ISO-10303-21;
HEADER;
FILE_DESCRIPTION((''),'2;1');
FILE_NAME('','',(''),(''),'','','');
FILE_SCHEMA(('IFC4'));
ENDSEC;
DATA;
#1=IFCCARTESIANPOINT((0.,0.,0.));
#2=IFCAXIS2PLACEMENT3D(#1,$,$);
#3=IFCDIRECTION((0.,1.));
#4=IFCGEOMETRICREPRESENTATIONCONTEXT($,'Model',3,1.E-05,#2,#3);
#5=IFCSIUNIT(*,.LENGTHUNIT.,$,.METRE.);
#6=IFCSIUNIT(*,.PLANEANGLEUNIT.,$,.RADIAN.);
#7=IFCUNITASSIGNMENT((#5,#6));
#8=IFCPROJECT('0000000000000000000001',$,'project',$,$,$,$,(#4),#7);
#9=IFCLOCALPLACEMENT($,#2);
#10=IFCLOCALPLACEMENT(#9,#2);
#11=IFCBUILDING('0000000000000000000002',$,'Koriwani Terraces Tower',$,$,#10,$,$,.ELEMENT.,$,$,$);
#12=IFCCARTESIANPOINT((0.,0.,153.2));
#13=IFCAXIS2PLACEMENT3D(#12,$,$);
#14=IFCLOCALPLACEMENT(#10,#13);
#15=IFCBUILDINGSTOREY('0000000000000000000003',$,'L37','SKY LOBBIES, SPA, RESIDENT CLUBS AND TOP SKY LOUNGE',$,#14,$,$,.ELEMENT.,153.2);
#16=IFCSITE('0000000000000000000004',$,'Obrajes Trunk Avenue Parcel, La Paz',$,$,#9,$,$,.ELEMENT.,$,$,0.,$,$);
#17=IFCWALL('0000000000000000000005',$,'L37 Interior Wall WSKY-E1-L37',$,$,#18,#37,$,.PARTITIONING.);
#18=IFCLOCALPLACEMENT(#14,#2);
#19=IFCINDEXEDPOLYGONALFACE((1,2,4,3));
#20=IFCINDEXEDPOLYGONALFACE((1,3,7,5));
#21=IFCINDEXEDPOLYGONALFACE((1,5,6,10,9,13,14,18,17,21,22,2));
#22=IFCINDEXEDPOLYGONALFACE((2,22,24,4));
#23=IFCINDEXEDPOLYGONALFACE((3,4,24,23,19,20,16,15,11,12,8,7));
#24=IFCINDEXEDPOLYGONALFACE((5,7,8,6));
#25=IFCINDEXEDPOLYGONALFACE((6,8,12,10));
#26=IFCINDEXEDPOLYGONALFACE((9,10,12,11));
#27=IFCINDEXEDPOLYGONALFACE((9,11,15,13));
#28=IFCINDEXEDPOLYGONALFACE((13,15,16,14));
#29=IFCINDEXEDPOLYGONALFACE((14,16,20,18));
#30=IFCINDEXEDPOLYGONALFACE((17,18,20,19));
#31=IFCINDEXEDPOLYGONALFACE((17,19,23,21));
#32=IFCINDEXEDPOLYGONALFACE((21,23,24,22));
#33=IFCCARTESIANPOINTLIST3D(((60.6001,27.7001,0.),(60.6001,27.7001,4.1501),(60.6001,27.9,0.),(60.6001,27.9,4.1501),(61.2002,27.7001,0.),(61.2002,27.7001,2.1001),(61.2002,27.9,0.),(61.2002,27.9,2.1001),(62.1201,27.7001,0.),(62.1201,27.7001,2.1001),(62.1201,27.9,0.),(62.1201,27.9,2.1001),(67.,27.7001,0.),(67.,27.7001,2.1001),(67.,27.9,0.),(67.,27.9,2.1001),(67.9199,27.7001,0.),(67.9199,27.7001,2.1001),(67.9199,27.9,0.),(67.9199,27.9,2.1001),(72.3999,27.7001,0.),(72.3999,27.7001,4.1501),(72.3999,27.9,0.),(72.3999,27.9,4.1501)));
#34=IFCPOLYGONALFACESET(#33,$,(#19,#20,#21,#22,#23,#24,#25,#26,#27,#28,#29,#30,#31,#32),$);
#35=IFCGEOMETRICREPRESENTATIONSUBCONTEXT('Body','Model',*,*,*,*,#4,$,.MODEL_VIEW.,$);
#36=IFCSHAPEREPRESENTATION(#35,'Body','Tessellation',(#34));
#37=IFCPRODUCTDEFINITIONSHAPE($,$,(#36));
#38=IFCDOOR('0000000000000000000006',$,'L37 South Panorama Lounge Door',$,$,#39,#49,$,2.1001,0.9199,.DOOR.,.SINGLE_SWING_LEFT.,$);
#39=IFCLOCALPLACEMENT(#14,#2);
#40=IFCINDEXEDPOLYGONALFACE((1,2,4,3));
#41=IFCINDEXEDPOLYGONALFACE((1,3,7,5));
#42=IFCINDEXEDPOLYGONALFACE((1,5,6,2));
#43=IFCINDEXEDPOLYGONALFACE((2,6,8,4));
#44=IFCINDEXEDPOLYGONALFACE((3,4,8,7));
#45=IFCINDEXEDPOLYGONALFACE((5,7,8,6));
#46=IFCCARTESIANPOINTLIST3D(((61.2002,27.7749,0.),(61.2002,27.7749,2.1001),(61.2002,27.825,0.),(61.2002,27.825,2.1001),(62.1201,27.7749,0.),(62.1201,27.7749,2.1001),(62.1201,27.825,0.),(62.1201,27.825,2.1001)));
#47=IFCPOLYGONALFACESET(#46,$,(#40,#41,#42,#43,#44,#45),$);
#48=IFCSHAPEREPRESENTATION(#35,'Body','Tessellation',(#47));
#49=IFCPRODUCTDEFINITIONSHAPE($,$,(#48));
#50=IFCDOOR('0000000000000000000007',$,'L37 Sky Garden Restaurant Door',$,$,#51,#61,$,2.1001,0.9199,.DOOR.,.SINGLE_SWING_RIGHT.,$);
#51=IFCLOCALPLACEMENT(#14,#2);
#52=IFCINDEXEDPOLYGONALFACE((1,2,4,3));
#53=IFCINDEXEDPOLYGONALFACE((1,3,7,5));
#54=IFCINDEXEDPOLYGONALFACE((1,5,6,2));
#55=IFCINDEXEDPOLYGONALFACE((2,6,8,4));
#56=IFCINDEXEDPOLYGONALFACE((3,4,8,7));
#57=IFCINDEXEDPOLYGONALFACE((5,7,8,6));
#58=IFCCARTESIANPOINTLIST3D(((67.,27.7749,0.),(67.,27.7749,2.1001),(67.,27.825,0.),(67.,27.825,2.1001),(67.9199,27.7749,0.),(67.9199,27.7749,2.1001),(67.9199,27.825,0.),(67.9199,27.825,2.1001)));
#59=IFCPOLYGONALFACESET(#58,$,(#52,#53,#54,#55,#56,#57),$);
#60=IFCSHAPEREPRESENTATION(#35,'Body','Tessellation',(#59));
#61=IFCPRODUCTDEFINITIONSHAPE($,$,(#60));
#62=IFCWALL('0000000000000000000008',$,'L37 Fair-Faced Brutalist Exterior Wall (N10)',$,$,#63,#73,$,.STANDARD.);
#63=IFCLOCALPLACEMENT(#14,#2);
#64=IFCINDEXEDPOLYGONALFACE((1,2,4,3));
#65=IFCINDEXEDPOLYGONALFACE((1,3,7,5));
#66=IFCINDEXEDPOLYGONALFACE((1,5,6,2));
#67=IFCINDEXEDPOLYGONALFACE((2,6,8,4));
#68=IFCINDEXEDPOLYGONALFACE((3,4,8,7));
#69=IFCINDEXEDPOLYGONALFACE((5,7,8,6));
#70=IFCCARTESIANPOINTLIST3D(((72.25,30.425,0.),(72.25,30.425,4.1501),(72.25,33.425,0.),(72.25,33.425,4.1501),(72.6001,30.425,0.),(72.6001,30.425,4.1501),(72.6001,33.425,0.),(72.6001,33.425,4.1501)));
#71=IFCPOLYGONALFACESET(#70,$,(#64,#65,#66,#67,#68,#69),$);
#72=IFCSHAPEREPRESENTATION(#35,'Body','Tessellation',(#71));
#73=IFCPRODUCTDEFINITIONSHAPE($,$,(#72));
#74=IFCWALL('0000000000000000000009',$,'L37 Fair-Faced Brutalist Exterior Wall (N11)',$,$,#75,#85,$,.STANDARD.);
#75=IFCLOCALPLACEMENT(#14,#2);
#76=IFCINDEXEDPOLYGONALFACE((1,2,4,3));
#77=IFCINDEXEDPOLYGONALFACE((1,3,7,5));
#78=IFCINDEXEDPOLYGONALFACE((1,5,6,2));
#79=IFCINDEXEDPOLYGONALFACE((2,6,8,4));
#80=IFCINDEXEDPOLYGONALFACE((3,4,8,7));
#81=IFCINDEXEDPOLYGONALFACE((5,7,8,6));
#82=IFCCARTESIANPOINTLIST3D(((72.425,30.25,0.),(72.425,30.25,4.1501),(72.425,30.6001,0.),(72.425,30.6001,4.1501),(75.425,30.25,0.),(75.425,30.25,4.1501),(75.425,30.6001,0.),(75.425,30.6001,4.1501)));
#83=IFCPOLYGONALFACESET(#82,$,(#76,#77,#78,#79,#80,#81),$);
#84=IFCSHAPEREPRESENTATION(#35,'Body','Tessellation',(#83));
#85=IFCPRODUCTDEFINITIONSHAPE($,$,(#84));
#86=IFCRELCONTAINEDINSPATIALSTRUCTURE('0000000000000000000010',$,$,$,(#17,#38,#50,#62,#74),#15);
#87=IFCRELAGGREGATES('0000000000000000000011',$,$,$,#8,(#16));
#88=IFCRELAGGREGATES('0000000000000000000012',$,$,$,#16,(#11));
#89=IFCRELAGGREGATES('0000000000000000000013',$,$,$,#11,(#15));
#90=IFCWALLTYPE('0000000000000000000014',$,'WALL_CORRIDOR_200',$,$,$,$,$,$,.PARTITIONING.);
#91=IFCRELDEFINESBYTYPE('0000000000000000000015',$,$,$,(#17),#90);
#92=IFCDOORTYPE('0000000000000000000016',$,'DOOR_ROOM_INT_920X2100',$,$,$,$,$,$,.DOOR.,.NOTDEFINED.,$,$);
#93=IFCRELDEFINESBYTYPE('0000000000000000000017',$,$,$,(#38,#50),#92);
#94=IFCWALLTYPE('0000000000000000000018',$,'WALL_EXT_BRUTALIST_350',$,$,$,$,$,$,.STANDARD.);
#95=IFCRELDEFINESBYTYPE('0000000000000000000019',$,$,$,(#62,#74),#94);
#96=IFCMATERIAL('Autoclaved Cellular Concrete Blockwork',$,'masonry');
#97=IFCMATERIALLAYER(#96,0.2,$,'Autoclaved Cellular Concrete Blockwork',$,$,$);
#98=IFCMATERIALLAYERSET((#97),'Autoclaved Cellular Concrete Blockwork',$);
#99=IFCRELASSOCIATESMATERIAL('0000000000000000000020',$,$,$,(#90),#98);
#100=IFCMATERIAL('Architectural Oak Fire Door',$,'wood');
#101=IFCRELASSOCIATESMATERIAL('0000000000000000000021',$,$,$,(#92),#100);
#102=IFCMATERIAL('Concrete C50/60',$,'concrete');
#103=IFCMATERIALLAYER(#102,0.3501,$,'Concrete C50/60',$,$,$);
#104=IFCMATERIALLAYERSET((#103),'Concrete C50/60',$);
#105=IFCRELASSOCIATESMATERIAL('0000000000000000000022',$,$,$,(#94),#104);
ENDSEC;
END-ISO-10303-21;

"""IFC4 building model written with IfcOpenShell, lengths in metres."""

from ifc_helpers import new_model, si_unit, direction, frame, frame_2d, origin, place, context, subcontext, project, spatial, rectangle, extrude, material, layer, layer_set, type_object, element, fill, save


model = new_model("IFC4")

# Units and contexts
model_context = context("Model", 3, precision=1e-05, world=origin(), true_north=direction((0.0, 1.0)))
body_context = subcontext(model_context, "Body", "Model", "MODEL_VIEW")
ifc_project = project(units=[si_unit("LENGTHUNIT", "METRE"), si_unit("PLANEANGLEUNIT", "RADIAN")], contexts=[model_context])

# Site, building, storey
site_placement = place(None, origin())
site = spatial("IfcSite", under=ifc_project, at=site_placement, Name="Obrajes Trunk Avenue Parcel, La Paz", CompositionType="ELEMENT", RefElevation=0.0)
building_placement = place(site_placement, origin())
building = spatial("IfcBuilding", under=site, at=building_placement, Name="Koriwani Terraces Tower", CompositionType="ELEMENT")
storey_placement = place(building_placement, frame((0.0, 0.0, 153.2)))
storey = spatial("IfcBuildingStorey", under=building, at=storey_placement, Name="L37", Description="SKY LOBBIES, SPA, RESIDENT CLUBS AND TOP SKY LOUNGE", CompositionType="ELEMENT", Elevation=153.2)

# Shared definitions
ifc_material_1 = material(Name="Concrete C50/60", Category="concrete")

# Wall, openings, doors
ifc_material_2 = material(Name="Autoclaved Cellular Concrete Blockwork", Category="masonry")
ifc_layer_1 = layer(ifc_material_2, 0.2, Name="Autoclaved Cellular Concrete Blockwork")
ifc_layer_set_1 = layer_set([ifc_layer_1], Name="Autoclaved Cellular Concrete Blockwork")
wall_type_1 = type_object("IfcWallType", Name="WALL_CORRIDOR_200", PredefinedType="PARTITIONING", material=ifc_layer_set_1)
wall_1_placement = place(storey_placement, frame((60.6001, 27.8, 0.0), z_axis=(0.0, 0.0, 1.0), x_axis=(1.0, 0.0, 0.0)))
wall_1 = element("IfcWall", 1, at=wall_1_placement, inside=storey, type_object=wall_type_1, Name="L37 Interior Wall WSKY-E1-L37", PredefinedType="PARTITIONING", context=body_context, shape_type="SweptSolid", body=[
    extrude(rectangle(XDim=11.7998, YDim=0.2, at=frame_2d((5.8999, 0.0))), origin(), (0.0, 0.0, 1.0), 4.1501),
])
opening_1_placement = place(wall_1_placement, frame((0.6001, 0.0, 0.0)))
opening_1 = element("IfcOpeningElement", 2, at=opening_1_placement, cuts=wall_1, PredefinedType="OPENING", context=body_context, shape_type="SweptSolid", body=[
    extrude(rectangle(XDim=0.9199, YDim=2.1001, at=frame_2d((0.46, 1.05))), frame((0.0, 0.1099, 0.0), z_axis=(0.0, -1.0, 0.0), x_axis=(1.0, 0.0, 0.0)), (0.0, 0.0, 1.0), 0.22),
])
opening_2_placement = place(wall_1_placement, frame((6.3999, 0.0, 0.0)))
opening_2 = element("IfcOpeningElement", 3, at=opening_2_placement, cuts=wall_1, PredefinedType="OPENING", context=body_context, shape_type="SweptSolid", body=[
    extrude(rectangle(XDim=0.9199, YDim=2.1001, at=frame_2d((0.46, 1.05))), frame((0.0, 0.1099, 0.0), z_axis=(0.0, -1.0, 0.0), x_axis=(1.0, 0.0, 0.0)), (0.0, 0.0, 1.0), 0.22),
])
ifc_material_3 = material(Name="Architectural Oak Fire Door", Category="wood")
door_type_1 = type_object("IfcDoorType", Name="DOOR_ROOM_INT_920X2100", OperationType="NOTDEFINED", PredefinedType="DOOR", material=ifc_material_3)
door_1_placement = place(opening_1_placement, origin())
door_1 = element("IfcDoor", 4, at=door_1_placement, inside=storey, type_object=door_type_1, Name="L37 South Panorama Lounge Door", OperationType="SINGLE_SWING_LEFT", OverallHeight=2.1001, OverallWidth=0.9199, PredefinedType="DOOR", context=body_context, shape_type="SweptSolid", body=[
    extrude(rectangle(XDim=0.9199, YDim=2.1001, at=frame_2d((0.46, 1.05))), frame((0.0, 0.0249, 0.0), z_axis=(0.0, -1.0, 0.0), x_axis=(1.0, 0.0, 0.0)), (0.0, 0.0, 1.0), 0.05),
])
fill(opening_1, door_1)
door_2_placement = place(opening_2_placement, origin())
door_2 = element("IfcDoor", 5, at=door_2_placement, inside=storey, type_object=door_type_1, Name="L37 Sky Garden Restaurant Door", OperationType="SINGLE_SWING_RIGHT", OverallHeight=2.1001, OverallWidth=0.9199, PredefinedType="DOOR", context=body_context, shape_type="SweptSolid", body=[
    extrude(rectangle(XDim=0.9199, YDim=2.1001, at=frame_2d((0.46, 1.05))), frame((0.0, 0.0249, 0.0), z_axis=(0.0, -1.0, 0.0), x_axis=(1.0, 0.0, 0.0)), (0.0, 0.0, 1.0), 0.05),
])
fill(opening_2, door_2)

# Walls
ifc_layer_2 = layer(ifc_material_1, 0.3501, Name="Concrete C50/60")
ifc_layer_set_2 = layer_set([ifc_layer_2], Name="Concrete C50/60")
wall_type_2 = type_object("IfcWallType", Name="WALL_EXT_BRUTALIST_350", PredefinedType="STANDARD", material=ifc_layer_set_2)
for number, where, z_axis, x_axis, name in (
    (6, (72.425, 33.425, 0.0), (0.0, 0.0, 1.0), (0.0, -1.0, 0.0), "L37 Fair-Faced Brutalist Exterior Wall (N10)"),
    (7, (72.425, 30.425, 0.0), (0.0, 0.0, 1.0), (1.0, 0.0, 0.0), "L37 Fair-Faced Brutalist Exterior Wall (N11)"),
):
    element("IfcWall", number, at=place(storey_placement, frame(where, z_axis=z_axis, x_axis=x_axis)), inside=storey, type_object=wall_type_2, Name=name, PredefinedType="STANDARD", context=body_context, shape_type="SweptSolid", body=[
        extrude(rectangle(XDim=3.0, YDim=0.3501, at=frame_2d((1.5, 0.0))), origin(), (0.0, 0.0, 1.0), 4.1501),
    ])

save(model, "model.ifc")
